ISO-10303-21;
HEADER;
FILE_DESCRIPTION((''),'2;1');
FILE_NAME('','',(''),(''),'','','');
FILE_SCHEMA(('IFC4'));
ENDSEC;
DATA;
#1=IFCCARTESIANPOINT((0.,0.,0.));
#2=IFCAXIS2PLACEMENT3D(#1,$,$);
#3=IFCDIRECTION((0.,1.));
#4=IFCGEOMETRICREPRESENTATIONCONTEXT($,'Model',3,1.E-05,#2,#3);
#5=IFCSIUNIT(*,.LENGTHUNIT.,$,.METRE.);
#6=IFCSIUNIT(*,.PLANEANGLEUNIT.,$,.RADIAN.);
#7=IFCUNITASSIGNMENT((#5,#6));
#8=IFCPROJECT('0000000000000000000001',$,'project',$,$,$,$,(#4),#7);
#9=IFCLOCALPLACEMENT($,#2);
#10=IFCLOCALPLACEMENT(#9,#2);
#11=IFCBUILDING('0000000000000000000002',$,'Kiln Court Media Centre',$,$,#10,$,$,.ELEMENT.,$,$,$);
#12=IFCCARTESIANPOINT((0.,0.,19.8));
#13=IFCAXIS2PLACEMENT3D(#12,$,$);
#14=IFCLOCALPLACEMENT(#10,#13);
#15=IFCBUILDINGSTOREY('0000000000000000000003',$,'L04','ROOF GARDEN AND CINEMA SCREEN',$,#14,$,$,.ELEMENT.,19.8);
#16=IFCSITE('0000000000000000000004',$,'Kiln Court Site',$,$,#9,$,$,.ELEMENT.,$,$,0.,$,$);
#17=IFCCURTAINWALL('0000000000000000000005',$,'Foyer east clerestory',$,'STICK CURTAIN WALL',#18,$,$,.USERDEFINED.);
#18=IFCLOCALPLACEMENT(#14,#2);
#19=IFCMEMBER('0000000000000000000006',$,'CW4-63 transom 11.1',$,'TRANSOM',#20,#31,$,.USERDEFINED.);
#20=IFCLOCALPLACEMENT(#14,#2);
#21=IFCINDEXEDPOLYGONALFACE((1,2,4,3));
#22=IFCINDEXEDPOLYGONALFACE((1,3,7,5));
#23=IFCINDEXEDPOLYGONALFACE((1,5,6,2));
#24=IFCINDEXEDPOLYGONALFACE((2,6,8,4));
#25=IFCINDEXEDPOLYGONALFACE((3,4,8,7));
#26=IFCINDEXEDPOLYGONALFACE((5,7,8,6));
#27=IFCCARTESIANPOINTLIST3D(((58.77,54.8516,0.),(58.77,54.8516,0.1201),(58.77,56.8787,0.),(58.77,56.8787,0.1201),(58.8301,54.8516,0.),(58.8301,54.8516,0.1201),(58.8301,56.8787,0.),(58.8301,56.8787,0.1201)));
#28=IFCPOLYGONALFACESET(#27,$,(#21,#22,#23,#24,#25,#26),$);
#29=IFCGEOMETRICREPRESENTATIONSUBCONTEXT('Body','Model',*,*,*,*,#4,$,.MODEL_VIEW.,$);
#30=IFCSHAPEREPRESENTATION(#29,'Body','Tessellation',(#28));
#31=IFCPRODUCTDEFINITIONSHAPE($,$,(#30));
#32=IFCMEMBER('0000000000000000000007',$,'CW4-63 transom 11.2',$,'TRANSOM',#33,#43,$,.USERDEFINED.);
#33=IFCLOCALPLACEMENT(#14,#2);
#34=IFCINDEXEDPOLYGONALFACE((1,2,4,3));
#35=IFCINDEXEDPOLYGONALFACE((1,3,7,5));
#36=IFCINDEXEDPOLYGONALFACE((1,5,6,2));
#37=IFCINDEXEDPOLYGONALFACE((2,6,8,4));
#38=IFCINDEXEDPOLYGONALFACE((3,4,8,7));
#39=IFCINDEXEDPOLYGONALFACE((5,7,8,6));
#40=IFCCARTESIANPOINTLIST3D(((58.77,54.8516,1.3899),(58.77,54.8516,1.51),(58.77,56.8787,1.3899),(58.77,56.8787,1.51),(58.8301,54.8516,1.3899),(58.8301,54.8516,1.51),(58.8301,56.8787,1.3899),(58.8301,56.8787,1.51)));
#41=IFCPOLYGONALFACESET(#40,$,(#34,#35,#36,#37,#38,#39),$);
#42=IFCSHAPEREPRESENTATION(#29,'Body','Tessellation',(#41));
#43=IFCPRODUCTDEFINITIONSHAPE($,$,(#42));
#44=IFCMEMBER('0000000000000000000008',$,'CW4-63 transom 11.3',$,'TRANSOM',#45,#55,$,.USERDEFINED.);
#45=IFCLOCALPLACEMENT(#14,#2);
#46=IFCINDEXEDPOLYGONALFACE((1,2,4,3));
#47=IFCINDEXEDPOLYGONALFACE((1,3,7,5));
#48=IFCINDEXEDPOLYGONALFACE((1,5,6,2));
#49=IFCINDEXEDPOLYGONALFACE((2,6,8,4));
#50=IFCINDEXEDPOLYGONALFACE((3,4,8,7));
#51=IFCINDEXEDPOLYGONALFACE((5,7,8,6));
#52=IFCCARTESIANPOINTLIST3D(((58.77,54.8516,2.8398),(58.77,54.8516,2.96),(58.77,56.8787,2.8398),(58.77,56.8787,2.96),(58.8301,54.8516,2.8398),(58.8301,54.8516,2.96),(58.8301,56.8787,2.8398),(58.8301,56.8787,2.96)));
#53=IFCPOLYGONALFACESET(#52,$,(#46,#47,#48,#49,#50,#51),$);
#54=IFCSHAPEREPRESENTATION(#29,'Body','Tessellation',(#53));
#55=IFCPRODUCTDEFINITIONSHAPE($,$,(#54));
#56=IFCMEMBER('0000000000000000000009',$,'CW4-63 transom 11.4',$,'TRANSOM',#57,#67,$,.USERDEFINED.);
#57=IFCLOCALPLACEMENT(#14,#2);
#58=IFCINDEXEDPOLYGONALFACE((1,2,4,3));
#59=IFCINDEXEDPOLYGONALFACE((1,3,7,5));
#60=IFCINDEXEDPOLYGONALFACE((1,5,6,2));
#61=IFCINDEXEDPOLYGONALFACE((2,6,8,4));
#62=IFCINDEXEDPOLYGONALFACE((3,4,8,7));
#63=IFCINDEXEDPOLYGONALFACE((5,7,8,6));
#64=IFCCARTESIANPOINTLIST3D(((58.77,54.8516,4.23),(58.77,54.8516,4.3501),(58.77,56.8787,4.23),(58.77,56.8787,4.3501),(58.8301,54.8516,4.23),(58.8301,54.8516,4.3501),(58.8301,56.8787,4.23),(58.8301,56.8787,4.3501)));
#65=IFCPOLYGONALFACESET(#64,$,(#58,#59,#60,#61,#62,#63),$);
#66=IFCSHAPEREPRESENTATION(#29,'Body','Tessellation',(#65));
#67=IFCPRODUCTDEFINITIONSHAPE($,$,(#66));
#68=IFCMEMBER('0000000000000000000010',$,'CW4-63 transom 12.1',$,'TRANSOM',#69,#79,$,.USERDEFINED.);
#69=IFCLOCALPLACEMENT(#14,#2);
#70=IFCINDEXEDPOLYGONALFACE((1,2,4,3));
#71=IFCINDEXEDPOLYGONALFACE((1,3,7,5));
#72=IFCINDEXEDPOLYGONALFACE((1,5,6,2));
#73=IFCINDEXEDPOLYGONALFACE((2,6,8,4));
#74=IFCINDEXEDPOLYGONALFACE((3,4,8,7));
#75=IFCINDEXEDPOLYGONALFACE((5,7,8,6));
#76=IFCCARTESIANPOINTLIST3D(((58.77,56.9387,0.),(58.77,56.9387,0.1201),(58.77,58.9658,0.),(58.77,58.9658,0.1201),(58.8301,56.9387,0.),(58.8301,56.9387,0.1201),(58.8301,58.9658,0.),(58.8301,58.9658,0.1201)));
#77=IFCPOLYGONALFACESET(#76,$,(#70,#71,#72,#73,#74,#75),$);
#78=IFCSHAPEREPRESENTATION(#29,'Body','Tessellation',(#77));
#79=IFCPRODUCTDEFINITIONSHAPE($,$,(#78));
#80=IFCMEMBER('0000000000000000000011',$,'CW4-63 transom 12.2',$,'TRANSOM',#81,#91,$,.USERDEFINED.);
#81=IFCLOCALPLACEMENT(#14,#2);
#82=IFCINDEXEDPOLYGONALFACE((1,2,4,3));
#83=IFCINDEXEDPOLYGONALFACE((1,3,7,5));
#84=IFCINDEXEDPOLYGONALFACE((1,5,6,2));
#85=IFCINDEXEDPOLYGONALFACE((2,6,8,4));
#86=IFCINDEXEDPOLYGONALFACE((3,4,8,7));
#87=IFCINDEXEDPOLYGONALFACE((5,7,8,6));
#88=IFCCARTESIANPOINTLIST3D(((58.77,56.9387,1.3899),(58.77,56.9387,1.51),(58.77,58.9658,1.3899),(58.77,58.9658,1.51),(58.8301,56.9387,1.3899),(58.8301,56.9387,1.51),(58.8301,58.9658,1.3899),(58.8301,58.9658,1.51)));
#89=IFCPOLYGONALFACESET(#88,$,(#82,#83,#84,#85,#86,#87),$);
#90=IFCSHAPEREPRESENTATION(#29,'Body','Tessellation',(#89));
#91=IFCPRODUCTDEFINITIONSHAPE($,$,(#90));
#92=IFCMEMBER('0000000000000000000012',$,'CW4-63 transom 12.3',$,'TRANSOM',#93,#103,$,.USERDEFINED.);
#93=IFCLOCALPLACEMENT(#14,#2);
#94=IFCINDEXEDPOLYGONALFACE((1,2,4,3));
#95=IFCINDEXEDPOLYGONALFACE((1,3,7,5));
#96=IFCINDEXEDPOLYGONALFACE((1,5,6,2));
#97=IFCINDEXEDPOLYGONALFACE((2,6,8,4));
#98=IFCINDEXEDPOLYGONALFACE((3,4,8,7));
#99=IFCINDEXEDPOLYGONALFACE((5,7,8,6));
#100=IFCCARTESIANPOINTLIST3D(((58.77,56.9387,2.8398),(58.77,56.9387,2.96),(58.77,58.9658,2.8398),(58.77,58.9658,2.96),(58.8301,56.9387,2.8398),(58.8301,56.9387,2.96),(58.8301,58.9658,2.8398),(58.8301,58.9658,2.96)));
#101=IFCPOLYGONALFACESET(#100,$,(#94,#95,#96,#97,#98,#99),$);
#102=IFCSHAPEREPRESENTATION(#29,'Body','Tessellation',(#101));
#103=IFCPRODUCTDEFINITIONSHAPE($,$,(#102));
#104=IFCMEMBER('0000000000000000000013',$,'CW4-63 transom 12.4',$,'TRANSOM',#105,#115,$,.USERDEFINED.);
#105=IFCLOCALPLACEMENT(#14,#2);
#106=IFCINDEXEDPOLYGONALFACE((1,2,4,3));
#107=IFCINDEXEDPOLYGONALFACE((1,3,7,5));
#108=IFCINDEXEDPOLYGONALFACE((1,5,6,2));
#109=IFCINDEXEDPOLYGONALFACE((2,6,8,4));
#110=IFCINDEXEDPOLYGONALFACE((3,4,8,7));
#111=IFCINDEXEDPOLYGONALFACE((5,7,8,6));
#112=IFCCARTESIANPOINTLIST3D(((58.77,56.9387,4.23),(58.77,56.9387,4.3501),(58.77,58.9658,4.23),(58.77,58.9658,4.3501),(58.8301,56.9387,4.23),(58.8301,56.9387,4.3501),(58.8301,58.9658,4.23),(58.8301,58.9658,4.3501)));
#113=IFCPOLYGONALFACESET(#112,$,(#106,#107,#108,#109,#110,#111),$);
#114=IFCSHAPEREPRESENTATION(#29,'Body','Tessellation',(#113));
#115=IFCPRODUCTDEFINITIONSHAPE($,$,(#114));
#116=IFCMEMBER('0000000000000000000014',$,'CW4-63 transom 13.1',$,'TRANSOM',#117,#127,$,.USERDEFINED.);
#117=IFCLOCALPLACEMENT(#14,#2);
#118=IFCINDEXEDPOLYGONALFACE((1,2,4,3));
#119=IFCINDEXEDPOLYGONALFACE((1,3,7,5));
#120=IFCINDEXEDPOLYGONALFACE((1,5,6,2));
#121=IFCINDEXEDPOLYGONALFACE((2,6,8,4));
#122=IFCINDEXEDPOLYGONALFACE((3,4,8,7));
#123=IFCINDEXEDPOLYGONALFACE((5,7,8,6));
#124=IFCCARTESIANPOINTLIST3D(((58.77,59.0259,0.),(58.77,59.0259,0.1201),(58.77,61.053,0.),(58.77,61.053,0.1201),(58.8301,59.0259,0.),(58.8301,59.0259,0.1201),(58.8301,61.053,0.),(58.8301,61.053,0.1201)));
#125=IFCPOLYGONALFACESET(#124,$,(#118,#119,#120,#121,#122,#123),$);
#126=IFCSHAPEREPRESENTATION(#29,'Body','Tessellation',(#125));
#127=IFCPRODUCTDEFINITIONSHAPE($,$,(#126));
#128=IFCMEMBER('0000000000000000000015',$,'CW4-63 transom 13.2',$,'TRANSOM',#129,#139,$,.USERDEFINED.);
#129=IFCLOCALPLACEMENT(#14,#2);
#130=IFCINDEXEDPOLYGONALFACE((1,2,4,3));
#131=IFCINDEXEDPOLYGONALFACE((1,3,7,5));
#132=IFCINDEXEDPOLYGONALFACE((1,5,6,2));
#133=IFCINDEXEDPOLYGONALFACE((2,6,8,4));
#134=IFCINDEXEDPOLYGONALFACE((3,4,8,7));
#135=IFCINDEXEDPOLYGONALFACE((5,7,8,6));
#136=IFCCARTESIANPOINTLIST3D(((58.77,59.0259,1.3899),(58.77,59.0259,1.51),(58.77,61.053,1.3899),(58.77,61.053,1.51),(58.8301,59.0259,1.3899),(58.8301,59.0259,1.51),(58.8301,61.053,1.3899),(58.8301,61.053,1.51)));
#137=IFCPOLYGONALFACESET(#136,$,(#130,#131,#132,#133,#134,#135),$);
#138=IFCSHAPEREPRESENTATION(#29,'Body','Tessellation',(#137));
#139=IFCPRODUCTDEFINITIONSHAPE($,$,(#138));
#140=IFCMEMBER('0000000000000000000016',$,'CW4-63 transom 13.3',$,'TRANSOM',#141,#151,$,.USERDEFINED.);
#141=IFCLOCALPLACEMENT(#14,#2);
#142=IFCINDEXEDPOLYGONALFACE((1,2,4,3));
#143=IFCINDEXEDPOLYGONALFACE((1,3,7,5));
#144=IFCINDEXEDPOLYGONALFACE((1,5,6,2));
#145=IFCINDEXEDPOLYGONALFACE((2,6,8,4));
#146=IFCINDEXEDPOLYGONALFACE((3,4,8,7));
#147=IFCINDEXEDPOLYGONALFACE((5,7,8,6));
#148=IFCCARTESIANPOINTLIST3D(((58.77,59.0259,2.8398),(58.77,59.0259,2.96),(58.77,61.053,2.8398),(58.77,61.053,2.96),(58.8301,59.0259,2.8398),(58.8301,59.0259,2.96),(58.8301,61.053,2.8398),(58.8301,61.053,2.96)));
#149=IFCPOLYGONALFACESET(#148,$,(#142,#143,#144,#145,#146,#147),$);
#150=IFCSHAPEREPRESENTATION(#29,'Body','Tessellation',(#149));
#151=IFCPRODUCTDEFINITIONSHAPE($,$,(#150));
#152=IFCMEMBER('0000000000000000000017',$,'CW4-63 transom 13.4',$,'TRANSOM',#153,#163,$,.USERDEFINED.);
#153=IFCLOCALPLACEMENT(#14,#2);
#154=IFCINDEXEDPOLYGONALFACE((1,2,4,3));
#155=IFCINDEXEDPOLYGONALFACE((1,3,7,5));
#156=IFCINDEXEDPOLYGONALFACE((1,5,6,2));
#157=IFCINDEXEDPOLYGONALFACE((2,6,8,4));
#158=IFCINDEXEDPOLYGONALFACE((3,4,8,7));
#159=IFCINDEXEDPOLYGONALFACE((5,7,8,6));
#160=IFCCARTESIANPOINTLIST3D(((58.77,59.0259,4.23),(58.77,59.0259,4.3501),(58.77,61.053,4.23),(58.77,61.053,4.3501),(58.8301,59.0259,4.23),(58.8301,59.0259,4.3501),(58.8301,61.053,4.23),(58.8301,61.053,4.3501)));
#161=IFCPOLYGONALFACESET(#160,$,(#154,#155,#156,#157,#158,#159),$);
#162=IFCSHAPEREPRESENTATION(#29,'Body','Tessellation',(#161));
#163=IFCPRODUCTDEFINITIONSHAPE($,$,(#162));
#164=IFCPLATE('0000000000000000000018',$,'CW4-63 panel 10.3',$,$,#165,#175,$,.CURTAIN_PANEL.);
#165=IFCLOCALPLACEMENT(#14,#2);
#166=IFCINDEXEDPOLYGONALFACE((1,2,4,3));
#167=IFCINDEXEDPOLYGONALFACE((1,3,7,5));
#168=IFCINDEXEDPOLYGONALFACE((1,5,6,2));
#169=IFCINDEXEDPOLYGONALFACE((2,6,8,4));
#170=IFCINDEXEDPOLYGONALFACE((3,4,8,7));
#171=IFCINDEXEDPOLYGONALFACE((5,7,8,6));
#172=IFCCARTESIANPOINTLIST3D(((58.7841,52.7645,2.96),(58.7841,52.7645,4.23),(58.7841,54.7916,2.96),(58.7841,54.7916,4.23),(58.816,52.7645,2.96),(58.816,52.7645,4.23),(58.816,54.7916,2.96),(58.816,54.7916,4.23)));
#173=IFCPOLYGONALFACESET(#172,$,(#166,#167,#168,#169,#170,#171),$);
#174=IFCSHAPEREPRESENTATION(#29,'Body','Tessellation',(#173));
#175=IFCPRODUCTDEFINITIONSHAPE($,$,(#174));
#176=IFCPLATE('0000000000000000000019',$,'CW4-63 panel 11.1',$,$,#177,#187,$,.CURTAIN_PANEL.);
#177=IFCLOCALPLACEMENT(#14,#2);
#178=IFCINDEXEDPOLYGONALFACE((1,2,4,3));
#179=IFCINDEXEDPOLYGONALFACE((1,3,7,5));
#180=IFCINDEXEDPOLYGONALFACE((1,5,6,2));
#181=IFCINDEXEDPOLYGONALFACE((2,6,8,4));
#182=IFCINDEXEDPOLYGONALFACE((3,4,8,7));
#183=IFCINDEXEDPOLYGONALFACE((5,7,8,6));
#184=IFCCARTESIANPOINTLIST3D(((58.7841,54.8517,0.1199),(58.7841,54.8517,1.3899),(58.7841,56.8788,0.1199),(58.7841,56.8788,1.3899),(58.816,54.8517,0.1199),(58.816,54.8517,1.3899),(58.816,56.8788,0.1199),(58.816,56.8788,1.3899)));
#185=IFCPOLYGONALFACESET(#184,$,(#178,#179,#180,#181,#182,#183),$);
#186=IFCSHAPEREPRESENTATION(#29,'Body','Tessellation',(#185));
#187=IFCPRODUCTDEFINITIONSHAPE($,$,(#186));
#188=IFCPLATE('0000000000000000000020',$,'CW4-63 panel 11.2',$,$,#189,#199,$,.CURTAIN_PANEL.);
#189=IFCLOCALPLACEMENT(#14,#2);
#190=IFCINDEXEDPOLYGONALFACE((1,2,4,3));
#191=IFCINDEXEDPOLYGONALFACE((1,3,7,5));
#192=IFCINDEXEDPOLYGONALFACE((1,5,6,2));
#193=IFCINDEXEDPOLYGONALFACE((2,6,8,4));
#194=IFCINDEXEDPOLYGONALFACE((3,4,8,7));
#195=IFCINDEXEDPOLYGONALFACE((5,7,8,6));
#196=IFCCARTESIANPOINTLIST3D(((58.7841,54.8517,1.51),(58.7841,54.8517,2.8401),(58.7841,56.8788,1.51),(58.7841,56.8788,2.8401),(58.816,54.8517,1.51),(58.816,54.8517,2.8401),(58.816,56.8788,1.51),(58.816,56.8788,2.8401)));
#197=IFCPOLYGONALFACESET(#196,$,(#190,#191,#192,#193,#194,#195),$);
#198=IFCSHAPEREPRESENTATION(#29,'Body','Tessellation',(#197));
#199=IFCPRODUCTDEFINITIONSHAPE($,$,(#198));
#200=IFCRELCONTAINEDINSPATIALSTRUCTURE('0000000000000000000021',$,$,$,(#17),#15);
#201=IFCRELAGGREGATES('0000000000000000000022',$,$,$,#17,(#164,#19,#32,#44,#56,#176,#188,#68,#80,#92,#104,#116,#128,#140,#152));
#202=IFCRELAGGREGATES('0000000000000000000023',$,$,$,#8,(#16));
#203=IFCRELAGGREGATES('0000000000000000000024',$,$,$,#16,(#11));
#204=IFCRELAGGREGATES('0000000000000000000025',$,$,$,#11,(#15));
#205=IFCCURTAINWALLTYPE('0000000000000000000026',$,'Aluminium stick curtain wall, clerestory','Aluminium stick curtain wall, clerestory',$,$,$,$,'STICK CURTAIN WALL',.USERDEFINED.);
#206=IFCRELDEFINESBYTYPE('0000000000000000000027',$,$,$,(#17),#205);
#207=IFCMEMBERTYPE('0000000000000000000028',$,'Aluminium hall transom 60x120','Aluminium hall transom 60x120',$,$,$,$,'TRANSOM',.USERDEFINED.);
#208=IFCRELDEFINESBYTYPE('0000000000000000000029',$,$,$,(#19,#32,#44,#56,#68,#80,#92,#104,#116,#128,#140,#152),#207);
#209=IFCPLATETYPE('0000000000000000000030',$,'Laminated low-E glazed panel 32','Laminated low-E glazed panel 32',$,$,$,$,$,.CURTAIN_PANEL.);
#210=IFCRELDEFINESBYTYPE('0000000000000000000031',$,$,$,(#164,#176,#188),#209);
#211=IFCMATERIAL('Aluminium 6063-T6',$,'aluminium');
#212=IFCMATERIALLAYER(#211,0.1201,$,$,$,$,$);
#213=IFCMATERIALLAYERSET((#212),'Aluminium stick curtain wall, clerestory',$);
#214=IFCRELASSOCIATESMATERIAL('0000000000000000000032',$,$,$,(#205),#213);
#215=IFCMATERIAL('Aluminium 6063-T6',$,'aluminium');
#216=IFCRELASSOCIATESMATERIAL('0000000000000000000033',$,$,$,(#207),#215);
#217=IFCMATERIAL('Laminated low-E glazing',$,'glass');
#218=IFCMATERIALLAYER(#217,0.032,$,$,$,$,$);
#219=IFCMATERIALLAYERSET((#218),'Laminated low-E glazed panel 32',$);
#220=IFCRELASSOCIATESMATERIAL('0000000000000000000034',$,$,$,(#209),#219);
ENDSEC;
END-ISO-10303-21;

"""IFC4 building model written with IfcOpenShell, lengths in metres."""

from ifc_helpers import new_model, si_unit, direction, frame, origin, origin_2d, place, context, subcontext, project, spatial, rectangle, extrude, material, layer, layer_set, material_profile, profile_set, type_object, element, aggregate, save


model = new_model("IFC4")

# Units and contexts
model_context = context("Model", 3, precision=1e-05, world=origin(), true_north=direction((0.0, 1.0)))
body_context = subcontext(model_context, "Body", "Model", "MODEL_VIEW")
ifc_project = project(units=[si_unit("LENGTHUNIT", "METRE"), si_unit("PLANEANGLEUNIT", "RADIAN")], contexts=[model_context])

# Site, building, storey
site_placement = place(None, origin())
site = spatial("IfcSite", under=ifc_project, at=site_placement, Name="Kiln Court Site", CompositionType="ELEMENT", RefElevation=0.0)
building_placement = place(site_placement, origin())
building = spatial("IfcBuilding", under=site, at=building_placement, Name="Kiln Court Media Centre", CompositionType="ELEMENT")
storey_placement = place(building_placement, frame((0.0, 0.0, 19.8)))
storey = spatial("IfcBuildingStorey", under=building, at=storey_placement, Name="L04", Description="ROOF GARDEN AND CINEMA SCREEN", CompositionType="ELEMENT", Elevation=19.8)

# Curtain wall, members, plates
ifc_material_1 = material(Name="Aluminium 6063-T6", Category="aluminium")
ifc_layer_1 = layer(ifc_material_1, 0.1201)
ifc_layer_set_1 = layer_set([ifc_layer_1], Name="Aluminium stick curtain wall, clerestory")
curtain_wall_type = type_object("IfcCurtainWallType", Name="Aluminium stick curtain wall, clerestory", Description="Aluminium stick curtain wall, clerestory", ElementType="STICK CURTAIN WALL", PredefinedType="USERDEFINED", material=ifc_layer_set_1)
curtain_wall_placement = place(storey_placement, origin())
curtain_wall = element("IfcCurtainWall", 1, at=curtain_wall_placement, inside=storey, type_object=curtain_wall_type, Name="Foyer east clerestory", ObjectType="STICK CURTAIN WALL", PredefinedType="USERDEFINED")
ifc_material_2 = material(Name="Aluminium 6063-T6", Category="aluminium")
ifc_material_profile = material_profile(ifc_material_2, rectangle(XDim=0.0601, YDim=0.1201, at=origin_2d()), Name="Aluminium hall transom 60x120")
ifc_profile_set = profile_set([ifc_material_profile], Name="Aluminium 6063-T6")
member_type = type_object("IfcMemberType", Name="Aluminium hall transom 60x120", Description="Aluminium hall transom 60x120", ElementType="TRANSOM", PredefinedType="USERDEFINED", material=ifc_profile_set)
member_1_placement = place(storey_placement, frame((58.8, 54.8516, 0.0601), z_axis=(0.0, 1.0, 0.0), x_axis=(-1.0, 0.0, 0.0)))
member_1 = element("IfcMember", 2, at=member_1_placement, type_object=member_type, Name="CW4-63 transom 11.1", ObjectType="TRANSOM", PredefinedType="USERDEFINED", context=body_context, shape_type="SweptSolid", body=[
    extrude(rectangle(XDim=0.0601, YDim=0.1201, at=origin_2d()), origin(), (0.0, 0.0, 1.0), 2.0271),
])
member_2_placement = place(storey_placement, frame((58.8, 54.8516, 1.45), z_axis=(0.0, 1.0, 0.0), x_axis=(-1.0, 0.0, 0.0)))
member_2 = element("IfcMember", 3, at=member_2_placement, type_object=member_type, Name="CW4-63 transom 11.2", ObjectType="TRANSOM", PredefinedType="USERDEFINED", context=body_context, shape_type="SweptSolid", body=[
    extrude(rectangle(XDim=0.0601, YDim=0.1201, at=origin_2d()), origin(), (0.0, 0.0, 1.0), 2.0271),
])
member_3_placement = place(storey_placement, frame((58.8, 54.8516, 2.8999), z_axis=(0.0, 1.0, 0.0), x_axis=(-1.0, 0.0, 0.0)))
member_3 = element("IfcMember", 4, at=member_3_placement, type_object=member_type, Name="CW4-63 transom 11.3", ObjectType="TRANSOM", PredefinedType="USERDEFINED", context=body_context, shape_type="SweptSolid", body=[
    extrude(rectangle(XDim=0.0601, YDim=0.1201, at=origin_2d()), origin(), (0.0, 0.0, 1.0), 2.0271),
])
member_4_placement = place(storey_placement, frame((58.8, 54.8516, 4.29), z_axis=(0.0, 1.0, 0.0), x_axis=(-1.0, 0.0, 0.0)))
member_4 = element("IfcMember", 5, at=member_4_placement, type_object=member_type, Name="CW4-63 transom 11.4", ObjectType="TRANSOM", PredefinedType="USERDEFINED", context=body_context, shape_type="SweptSolid", body=[
    extrude(rectangle(XDim=0.0601, YDim=0.1201, at=origin_2d()), origin(), (0.0, 0.0, 1.0), 2.0271),
])
member_5_placement = place(storey_placement, frame((58.8, 56.9387, 0.0601), z_axis=(0.0, 1.0, 0.0), x_axis=(-1.0, 0.0, 0.0)))
member_5 = element("IfcMember", 6, at=member_5_placement, type_object=member_type, Name="CW4-63 transom 12.1", ObjectType="TRANSOM", PredefinedType="USERDEFINED", context=body_context, shape_type="SweptSolid", body=[
    extrude(rectangle(XDim=0.0601, YDim=0.1201, at=origin_2d()), origin(), (0.0, 0.0, 1.0), 2.0271),
])
member_6_placement = place(storey_placement, frame((58.8, 56.9387, 1.45), z_axis=(0.0, 1.0, 0.0), x_axis=(-1.0, 0.0, 0.0)))
member_6 = element("IfcMember", 7, at=member_6_placement, type_object=member_type, Name="CW4-63 transom 12.2", ObjectType="TRANSOM", PredefinedType="USERDEFINED", context=body_context, shape_type="SweptSolid", body=[
    extrude(rectangle(XDim=0.0601, YDim=0.1201, at=origin_2d()), origin(), (0.0, 0.0, 1.0), 2.0271),
])
member_7_placement = place(storey_placement, frame((58.8, 56.9387, 2.8999), z_axis=(0.0, 1.0, 0.0), x_axis=(-1.0, 0.0, 0.0)))
member_7 = element("IfcMember", 8, at=member_7_placement, type_object=member_type, Name="CW4-63 transom 12.3", ObjectType="TRANSOM", PredefinedType="USERDEFINED", context=body_context, shape_type="SweptSolid", body=[
    extrude(rectangle(XDim=0.0601, YDim=0.1201, at=origin_2d()), origin(), (0.0, 0.0, 1.0), 2.0271),
])
member_8_placement = place(storey_placement, frame((58.8, 56.9387, 4.29), z_axis=(0.0, 1.0, 0.0), x_axis=(-1.0, 0.0, 0.0)))
member_8 = element("IfcMember", 9, at=member_8_placement, type_object=member_type, Name="CW4-63 transom 12.4", ObjectType="TRANSOM", PredefinedType="USERDEFINED", context=body_context, shape_type="SweptSolid", body=[
    extrude(rectangle(XDim=0.0601, YDim=0.1201, at=origin_2d()), origin(), (0.0, 0.0, 1.0), 2.0271),
])
member_9_placement = place(storey_placement, frame((58.8, 59.0259, 0.0601), z_axis=(0.0, 1.0, 0.0), x_axis=(-1.0, 0.0, 0.0)))
member_9 = element("IfcMember", 10, at=member_9_placement, type_object=member_type, Name="CW4-63 transom 13.1", ObjectType="TRANSOM", PredefinedType="USERDEFINED", context=body_context, shape_type="SweptSolid", body=[
    extrude(rectangle(XDim=0.0601, YDim=0.1201, at=origin_2d()), origin(), (0.0, 0.0, 1.0), 2.0271),
])
member_10_placement = place(storey_placement, frame((58.8, 59.0259, 1.45), z_axis=(0.0, 1.0, 0.0), x_axis=(-1.0, 0.0, 0.0)))
member_10 = element("IfcMember", 11, at=member_10_placement, type_object=member_type, Name="CW4-63 transom 13.2", ObjectType="TRANSOM", PredefinedType="USERDEFINED", context=body_context, shape_type="SweptSolid", body=[
    extrude(rectangle(XDim=0.0601, YDim=0.1201, at=origin_2d()), origin(), (0.0, 0.0, 1.0), 2.0271),
])
member_11_placement = place(storey_placement, frame((58.8, 59.0259, 2.8999), z_axis=(0.0, 1.0, 0.0), x_axis=(-1.0, 0.0, 0.0)))
member_11 = element("IfcMember", 12, at=member_11_placement, type_object=member_type, Name="CW4-63 transom 13.3", ObjectType="TRANSOM", PredefinedType="USERDEFINED", context=body_context, shape_type="SweptSolid", body=[
    extrude(rectangle(XDim=0.0601, YDim=0.1201, at=origin_2d()), origin(), (0.0, 0.0, 1.0), 2.0271),
])
member_12_placement = place(storey_placement, frame((58.8, 59.0259, 4.29), z_axis=(0.0, 1.0, 0.0), x_axis=(-1.0, 0.0, 0.0)))
member_12 = element("IfcMember", 13, at=member_12_placement, type_object=member_type, Name="CW4-63 transom 13.4", ObjectType="TRANSOM", PredefinedType="USERDEFINED", context=body_context, shape_type="SweptSolid", body=[
    extrude(rectangle(XDim=0.0601, YDim=0.1201, at=origin_2d()), origin(), (0.0, 0.0, 1.0), 2.0271),
])
ifc_material_3 = material(Name="Laminated low-E glazing", Category="glass")
ifc_layer_2 = layer(ifc_material_3, 0.032)
ifc_layer_set_2 = layer_set([ifc_layer_2], Name="Laminated low-E glazed panel 32")
plate_type = type_object("IfcPlateType", Name="Laminated low-E glazed panel 32", Description="Laminated low-E glazed panel 32", PredefinedType="CURTAIN_PANEL", material=ifc_layer_set_2)
plate_1_placement = place(storey_placement, frame((58.8, 53.7781, 2.96), z_axis=(0.0, 0.0, 1.0), x_axis=(0.0, 1.0, 0.0)))
plate_1 = element("IfcPlate", 14, at=plate_1_placement, type_object=plate_type, Name="CW4-63 panel 10.3", PredefinedType="CURTAIN_PANEL", context=body_context, shape_type="SweptSolid", body=[
    extrude(rectangle(XDim=2.0271, YDim=0.032, at=origin_2d()), origin(), (0.0, 0.0, 1.0), 1.27),
])
plate_2_placement = place(storey_placement, frame((58.8, 55.8652, 0.1199), z_axis=(0.0, 0.0, 1.0), x_axis=(0.0, 1.0, 0.0)))
plate_2 = element("IfcPlate", 15, at=plate_2_placement, type_object=plate_type, Name="CW4-63 panel 11.1", PredefinedType="CURTAIN_PANEL", context=body_context, shape_type="SweptSolid", body=[
    extrude(rectangle(XDim=2.0271, YDim=0.032, at=origin_2d()), origin(), (0.0, 0.0, 1.0), 1.27),
])
plate_3_placement = place(storey_placement, frame((58.8, 55.8652, 1.51), z_axis=(0.0, 0.0, 1.0), x_axis=(0.0, 1.0, 0.0)))
plate_3 = element("IfcPlate", 16, at=plate_3_placement, type_object=plate_type, Name="CW4-63 panel 11.2", PredefinedType="CURTAIN_PANEL", context=body_context, shape_type="SweptSolid", body=[
    extrude(rectangle(XDim=2.0271, YDim=0.032, at=origin_2d()), origin(), (0.0, 0.0, 1.0), 1.3301),
])
aggregate(curtain_wall, [plate_1, member_1, member_2, member_3, member_4, plate_2, plate_3, member_5, member_6, member_7, member_8, member_9, member_10, member_11, member_12])

save(model, "model.ifc")
